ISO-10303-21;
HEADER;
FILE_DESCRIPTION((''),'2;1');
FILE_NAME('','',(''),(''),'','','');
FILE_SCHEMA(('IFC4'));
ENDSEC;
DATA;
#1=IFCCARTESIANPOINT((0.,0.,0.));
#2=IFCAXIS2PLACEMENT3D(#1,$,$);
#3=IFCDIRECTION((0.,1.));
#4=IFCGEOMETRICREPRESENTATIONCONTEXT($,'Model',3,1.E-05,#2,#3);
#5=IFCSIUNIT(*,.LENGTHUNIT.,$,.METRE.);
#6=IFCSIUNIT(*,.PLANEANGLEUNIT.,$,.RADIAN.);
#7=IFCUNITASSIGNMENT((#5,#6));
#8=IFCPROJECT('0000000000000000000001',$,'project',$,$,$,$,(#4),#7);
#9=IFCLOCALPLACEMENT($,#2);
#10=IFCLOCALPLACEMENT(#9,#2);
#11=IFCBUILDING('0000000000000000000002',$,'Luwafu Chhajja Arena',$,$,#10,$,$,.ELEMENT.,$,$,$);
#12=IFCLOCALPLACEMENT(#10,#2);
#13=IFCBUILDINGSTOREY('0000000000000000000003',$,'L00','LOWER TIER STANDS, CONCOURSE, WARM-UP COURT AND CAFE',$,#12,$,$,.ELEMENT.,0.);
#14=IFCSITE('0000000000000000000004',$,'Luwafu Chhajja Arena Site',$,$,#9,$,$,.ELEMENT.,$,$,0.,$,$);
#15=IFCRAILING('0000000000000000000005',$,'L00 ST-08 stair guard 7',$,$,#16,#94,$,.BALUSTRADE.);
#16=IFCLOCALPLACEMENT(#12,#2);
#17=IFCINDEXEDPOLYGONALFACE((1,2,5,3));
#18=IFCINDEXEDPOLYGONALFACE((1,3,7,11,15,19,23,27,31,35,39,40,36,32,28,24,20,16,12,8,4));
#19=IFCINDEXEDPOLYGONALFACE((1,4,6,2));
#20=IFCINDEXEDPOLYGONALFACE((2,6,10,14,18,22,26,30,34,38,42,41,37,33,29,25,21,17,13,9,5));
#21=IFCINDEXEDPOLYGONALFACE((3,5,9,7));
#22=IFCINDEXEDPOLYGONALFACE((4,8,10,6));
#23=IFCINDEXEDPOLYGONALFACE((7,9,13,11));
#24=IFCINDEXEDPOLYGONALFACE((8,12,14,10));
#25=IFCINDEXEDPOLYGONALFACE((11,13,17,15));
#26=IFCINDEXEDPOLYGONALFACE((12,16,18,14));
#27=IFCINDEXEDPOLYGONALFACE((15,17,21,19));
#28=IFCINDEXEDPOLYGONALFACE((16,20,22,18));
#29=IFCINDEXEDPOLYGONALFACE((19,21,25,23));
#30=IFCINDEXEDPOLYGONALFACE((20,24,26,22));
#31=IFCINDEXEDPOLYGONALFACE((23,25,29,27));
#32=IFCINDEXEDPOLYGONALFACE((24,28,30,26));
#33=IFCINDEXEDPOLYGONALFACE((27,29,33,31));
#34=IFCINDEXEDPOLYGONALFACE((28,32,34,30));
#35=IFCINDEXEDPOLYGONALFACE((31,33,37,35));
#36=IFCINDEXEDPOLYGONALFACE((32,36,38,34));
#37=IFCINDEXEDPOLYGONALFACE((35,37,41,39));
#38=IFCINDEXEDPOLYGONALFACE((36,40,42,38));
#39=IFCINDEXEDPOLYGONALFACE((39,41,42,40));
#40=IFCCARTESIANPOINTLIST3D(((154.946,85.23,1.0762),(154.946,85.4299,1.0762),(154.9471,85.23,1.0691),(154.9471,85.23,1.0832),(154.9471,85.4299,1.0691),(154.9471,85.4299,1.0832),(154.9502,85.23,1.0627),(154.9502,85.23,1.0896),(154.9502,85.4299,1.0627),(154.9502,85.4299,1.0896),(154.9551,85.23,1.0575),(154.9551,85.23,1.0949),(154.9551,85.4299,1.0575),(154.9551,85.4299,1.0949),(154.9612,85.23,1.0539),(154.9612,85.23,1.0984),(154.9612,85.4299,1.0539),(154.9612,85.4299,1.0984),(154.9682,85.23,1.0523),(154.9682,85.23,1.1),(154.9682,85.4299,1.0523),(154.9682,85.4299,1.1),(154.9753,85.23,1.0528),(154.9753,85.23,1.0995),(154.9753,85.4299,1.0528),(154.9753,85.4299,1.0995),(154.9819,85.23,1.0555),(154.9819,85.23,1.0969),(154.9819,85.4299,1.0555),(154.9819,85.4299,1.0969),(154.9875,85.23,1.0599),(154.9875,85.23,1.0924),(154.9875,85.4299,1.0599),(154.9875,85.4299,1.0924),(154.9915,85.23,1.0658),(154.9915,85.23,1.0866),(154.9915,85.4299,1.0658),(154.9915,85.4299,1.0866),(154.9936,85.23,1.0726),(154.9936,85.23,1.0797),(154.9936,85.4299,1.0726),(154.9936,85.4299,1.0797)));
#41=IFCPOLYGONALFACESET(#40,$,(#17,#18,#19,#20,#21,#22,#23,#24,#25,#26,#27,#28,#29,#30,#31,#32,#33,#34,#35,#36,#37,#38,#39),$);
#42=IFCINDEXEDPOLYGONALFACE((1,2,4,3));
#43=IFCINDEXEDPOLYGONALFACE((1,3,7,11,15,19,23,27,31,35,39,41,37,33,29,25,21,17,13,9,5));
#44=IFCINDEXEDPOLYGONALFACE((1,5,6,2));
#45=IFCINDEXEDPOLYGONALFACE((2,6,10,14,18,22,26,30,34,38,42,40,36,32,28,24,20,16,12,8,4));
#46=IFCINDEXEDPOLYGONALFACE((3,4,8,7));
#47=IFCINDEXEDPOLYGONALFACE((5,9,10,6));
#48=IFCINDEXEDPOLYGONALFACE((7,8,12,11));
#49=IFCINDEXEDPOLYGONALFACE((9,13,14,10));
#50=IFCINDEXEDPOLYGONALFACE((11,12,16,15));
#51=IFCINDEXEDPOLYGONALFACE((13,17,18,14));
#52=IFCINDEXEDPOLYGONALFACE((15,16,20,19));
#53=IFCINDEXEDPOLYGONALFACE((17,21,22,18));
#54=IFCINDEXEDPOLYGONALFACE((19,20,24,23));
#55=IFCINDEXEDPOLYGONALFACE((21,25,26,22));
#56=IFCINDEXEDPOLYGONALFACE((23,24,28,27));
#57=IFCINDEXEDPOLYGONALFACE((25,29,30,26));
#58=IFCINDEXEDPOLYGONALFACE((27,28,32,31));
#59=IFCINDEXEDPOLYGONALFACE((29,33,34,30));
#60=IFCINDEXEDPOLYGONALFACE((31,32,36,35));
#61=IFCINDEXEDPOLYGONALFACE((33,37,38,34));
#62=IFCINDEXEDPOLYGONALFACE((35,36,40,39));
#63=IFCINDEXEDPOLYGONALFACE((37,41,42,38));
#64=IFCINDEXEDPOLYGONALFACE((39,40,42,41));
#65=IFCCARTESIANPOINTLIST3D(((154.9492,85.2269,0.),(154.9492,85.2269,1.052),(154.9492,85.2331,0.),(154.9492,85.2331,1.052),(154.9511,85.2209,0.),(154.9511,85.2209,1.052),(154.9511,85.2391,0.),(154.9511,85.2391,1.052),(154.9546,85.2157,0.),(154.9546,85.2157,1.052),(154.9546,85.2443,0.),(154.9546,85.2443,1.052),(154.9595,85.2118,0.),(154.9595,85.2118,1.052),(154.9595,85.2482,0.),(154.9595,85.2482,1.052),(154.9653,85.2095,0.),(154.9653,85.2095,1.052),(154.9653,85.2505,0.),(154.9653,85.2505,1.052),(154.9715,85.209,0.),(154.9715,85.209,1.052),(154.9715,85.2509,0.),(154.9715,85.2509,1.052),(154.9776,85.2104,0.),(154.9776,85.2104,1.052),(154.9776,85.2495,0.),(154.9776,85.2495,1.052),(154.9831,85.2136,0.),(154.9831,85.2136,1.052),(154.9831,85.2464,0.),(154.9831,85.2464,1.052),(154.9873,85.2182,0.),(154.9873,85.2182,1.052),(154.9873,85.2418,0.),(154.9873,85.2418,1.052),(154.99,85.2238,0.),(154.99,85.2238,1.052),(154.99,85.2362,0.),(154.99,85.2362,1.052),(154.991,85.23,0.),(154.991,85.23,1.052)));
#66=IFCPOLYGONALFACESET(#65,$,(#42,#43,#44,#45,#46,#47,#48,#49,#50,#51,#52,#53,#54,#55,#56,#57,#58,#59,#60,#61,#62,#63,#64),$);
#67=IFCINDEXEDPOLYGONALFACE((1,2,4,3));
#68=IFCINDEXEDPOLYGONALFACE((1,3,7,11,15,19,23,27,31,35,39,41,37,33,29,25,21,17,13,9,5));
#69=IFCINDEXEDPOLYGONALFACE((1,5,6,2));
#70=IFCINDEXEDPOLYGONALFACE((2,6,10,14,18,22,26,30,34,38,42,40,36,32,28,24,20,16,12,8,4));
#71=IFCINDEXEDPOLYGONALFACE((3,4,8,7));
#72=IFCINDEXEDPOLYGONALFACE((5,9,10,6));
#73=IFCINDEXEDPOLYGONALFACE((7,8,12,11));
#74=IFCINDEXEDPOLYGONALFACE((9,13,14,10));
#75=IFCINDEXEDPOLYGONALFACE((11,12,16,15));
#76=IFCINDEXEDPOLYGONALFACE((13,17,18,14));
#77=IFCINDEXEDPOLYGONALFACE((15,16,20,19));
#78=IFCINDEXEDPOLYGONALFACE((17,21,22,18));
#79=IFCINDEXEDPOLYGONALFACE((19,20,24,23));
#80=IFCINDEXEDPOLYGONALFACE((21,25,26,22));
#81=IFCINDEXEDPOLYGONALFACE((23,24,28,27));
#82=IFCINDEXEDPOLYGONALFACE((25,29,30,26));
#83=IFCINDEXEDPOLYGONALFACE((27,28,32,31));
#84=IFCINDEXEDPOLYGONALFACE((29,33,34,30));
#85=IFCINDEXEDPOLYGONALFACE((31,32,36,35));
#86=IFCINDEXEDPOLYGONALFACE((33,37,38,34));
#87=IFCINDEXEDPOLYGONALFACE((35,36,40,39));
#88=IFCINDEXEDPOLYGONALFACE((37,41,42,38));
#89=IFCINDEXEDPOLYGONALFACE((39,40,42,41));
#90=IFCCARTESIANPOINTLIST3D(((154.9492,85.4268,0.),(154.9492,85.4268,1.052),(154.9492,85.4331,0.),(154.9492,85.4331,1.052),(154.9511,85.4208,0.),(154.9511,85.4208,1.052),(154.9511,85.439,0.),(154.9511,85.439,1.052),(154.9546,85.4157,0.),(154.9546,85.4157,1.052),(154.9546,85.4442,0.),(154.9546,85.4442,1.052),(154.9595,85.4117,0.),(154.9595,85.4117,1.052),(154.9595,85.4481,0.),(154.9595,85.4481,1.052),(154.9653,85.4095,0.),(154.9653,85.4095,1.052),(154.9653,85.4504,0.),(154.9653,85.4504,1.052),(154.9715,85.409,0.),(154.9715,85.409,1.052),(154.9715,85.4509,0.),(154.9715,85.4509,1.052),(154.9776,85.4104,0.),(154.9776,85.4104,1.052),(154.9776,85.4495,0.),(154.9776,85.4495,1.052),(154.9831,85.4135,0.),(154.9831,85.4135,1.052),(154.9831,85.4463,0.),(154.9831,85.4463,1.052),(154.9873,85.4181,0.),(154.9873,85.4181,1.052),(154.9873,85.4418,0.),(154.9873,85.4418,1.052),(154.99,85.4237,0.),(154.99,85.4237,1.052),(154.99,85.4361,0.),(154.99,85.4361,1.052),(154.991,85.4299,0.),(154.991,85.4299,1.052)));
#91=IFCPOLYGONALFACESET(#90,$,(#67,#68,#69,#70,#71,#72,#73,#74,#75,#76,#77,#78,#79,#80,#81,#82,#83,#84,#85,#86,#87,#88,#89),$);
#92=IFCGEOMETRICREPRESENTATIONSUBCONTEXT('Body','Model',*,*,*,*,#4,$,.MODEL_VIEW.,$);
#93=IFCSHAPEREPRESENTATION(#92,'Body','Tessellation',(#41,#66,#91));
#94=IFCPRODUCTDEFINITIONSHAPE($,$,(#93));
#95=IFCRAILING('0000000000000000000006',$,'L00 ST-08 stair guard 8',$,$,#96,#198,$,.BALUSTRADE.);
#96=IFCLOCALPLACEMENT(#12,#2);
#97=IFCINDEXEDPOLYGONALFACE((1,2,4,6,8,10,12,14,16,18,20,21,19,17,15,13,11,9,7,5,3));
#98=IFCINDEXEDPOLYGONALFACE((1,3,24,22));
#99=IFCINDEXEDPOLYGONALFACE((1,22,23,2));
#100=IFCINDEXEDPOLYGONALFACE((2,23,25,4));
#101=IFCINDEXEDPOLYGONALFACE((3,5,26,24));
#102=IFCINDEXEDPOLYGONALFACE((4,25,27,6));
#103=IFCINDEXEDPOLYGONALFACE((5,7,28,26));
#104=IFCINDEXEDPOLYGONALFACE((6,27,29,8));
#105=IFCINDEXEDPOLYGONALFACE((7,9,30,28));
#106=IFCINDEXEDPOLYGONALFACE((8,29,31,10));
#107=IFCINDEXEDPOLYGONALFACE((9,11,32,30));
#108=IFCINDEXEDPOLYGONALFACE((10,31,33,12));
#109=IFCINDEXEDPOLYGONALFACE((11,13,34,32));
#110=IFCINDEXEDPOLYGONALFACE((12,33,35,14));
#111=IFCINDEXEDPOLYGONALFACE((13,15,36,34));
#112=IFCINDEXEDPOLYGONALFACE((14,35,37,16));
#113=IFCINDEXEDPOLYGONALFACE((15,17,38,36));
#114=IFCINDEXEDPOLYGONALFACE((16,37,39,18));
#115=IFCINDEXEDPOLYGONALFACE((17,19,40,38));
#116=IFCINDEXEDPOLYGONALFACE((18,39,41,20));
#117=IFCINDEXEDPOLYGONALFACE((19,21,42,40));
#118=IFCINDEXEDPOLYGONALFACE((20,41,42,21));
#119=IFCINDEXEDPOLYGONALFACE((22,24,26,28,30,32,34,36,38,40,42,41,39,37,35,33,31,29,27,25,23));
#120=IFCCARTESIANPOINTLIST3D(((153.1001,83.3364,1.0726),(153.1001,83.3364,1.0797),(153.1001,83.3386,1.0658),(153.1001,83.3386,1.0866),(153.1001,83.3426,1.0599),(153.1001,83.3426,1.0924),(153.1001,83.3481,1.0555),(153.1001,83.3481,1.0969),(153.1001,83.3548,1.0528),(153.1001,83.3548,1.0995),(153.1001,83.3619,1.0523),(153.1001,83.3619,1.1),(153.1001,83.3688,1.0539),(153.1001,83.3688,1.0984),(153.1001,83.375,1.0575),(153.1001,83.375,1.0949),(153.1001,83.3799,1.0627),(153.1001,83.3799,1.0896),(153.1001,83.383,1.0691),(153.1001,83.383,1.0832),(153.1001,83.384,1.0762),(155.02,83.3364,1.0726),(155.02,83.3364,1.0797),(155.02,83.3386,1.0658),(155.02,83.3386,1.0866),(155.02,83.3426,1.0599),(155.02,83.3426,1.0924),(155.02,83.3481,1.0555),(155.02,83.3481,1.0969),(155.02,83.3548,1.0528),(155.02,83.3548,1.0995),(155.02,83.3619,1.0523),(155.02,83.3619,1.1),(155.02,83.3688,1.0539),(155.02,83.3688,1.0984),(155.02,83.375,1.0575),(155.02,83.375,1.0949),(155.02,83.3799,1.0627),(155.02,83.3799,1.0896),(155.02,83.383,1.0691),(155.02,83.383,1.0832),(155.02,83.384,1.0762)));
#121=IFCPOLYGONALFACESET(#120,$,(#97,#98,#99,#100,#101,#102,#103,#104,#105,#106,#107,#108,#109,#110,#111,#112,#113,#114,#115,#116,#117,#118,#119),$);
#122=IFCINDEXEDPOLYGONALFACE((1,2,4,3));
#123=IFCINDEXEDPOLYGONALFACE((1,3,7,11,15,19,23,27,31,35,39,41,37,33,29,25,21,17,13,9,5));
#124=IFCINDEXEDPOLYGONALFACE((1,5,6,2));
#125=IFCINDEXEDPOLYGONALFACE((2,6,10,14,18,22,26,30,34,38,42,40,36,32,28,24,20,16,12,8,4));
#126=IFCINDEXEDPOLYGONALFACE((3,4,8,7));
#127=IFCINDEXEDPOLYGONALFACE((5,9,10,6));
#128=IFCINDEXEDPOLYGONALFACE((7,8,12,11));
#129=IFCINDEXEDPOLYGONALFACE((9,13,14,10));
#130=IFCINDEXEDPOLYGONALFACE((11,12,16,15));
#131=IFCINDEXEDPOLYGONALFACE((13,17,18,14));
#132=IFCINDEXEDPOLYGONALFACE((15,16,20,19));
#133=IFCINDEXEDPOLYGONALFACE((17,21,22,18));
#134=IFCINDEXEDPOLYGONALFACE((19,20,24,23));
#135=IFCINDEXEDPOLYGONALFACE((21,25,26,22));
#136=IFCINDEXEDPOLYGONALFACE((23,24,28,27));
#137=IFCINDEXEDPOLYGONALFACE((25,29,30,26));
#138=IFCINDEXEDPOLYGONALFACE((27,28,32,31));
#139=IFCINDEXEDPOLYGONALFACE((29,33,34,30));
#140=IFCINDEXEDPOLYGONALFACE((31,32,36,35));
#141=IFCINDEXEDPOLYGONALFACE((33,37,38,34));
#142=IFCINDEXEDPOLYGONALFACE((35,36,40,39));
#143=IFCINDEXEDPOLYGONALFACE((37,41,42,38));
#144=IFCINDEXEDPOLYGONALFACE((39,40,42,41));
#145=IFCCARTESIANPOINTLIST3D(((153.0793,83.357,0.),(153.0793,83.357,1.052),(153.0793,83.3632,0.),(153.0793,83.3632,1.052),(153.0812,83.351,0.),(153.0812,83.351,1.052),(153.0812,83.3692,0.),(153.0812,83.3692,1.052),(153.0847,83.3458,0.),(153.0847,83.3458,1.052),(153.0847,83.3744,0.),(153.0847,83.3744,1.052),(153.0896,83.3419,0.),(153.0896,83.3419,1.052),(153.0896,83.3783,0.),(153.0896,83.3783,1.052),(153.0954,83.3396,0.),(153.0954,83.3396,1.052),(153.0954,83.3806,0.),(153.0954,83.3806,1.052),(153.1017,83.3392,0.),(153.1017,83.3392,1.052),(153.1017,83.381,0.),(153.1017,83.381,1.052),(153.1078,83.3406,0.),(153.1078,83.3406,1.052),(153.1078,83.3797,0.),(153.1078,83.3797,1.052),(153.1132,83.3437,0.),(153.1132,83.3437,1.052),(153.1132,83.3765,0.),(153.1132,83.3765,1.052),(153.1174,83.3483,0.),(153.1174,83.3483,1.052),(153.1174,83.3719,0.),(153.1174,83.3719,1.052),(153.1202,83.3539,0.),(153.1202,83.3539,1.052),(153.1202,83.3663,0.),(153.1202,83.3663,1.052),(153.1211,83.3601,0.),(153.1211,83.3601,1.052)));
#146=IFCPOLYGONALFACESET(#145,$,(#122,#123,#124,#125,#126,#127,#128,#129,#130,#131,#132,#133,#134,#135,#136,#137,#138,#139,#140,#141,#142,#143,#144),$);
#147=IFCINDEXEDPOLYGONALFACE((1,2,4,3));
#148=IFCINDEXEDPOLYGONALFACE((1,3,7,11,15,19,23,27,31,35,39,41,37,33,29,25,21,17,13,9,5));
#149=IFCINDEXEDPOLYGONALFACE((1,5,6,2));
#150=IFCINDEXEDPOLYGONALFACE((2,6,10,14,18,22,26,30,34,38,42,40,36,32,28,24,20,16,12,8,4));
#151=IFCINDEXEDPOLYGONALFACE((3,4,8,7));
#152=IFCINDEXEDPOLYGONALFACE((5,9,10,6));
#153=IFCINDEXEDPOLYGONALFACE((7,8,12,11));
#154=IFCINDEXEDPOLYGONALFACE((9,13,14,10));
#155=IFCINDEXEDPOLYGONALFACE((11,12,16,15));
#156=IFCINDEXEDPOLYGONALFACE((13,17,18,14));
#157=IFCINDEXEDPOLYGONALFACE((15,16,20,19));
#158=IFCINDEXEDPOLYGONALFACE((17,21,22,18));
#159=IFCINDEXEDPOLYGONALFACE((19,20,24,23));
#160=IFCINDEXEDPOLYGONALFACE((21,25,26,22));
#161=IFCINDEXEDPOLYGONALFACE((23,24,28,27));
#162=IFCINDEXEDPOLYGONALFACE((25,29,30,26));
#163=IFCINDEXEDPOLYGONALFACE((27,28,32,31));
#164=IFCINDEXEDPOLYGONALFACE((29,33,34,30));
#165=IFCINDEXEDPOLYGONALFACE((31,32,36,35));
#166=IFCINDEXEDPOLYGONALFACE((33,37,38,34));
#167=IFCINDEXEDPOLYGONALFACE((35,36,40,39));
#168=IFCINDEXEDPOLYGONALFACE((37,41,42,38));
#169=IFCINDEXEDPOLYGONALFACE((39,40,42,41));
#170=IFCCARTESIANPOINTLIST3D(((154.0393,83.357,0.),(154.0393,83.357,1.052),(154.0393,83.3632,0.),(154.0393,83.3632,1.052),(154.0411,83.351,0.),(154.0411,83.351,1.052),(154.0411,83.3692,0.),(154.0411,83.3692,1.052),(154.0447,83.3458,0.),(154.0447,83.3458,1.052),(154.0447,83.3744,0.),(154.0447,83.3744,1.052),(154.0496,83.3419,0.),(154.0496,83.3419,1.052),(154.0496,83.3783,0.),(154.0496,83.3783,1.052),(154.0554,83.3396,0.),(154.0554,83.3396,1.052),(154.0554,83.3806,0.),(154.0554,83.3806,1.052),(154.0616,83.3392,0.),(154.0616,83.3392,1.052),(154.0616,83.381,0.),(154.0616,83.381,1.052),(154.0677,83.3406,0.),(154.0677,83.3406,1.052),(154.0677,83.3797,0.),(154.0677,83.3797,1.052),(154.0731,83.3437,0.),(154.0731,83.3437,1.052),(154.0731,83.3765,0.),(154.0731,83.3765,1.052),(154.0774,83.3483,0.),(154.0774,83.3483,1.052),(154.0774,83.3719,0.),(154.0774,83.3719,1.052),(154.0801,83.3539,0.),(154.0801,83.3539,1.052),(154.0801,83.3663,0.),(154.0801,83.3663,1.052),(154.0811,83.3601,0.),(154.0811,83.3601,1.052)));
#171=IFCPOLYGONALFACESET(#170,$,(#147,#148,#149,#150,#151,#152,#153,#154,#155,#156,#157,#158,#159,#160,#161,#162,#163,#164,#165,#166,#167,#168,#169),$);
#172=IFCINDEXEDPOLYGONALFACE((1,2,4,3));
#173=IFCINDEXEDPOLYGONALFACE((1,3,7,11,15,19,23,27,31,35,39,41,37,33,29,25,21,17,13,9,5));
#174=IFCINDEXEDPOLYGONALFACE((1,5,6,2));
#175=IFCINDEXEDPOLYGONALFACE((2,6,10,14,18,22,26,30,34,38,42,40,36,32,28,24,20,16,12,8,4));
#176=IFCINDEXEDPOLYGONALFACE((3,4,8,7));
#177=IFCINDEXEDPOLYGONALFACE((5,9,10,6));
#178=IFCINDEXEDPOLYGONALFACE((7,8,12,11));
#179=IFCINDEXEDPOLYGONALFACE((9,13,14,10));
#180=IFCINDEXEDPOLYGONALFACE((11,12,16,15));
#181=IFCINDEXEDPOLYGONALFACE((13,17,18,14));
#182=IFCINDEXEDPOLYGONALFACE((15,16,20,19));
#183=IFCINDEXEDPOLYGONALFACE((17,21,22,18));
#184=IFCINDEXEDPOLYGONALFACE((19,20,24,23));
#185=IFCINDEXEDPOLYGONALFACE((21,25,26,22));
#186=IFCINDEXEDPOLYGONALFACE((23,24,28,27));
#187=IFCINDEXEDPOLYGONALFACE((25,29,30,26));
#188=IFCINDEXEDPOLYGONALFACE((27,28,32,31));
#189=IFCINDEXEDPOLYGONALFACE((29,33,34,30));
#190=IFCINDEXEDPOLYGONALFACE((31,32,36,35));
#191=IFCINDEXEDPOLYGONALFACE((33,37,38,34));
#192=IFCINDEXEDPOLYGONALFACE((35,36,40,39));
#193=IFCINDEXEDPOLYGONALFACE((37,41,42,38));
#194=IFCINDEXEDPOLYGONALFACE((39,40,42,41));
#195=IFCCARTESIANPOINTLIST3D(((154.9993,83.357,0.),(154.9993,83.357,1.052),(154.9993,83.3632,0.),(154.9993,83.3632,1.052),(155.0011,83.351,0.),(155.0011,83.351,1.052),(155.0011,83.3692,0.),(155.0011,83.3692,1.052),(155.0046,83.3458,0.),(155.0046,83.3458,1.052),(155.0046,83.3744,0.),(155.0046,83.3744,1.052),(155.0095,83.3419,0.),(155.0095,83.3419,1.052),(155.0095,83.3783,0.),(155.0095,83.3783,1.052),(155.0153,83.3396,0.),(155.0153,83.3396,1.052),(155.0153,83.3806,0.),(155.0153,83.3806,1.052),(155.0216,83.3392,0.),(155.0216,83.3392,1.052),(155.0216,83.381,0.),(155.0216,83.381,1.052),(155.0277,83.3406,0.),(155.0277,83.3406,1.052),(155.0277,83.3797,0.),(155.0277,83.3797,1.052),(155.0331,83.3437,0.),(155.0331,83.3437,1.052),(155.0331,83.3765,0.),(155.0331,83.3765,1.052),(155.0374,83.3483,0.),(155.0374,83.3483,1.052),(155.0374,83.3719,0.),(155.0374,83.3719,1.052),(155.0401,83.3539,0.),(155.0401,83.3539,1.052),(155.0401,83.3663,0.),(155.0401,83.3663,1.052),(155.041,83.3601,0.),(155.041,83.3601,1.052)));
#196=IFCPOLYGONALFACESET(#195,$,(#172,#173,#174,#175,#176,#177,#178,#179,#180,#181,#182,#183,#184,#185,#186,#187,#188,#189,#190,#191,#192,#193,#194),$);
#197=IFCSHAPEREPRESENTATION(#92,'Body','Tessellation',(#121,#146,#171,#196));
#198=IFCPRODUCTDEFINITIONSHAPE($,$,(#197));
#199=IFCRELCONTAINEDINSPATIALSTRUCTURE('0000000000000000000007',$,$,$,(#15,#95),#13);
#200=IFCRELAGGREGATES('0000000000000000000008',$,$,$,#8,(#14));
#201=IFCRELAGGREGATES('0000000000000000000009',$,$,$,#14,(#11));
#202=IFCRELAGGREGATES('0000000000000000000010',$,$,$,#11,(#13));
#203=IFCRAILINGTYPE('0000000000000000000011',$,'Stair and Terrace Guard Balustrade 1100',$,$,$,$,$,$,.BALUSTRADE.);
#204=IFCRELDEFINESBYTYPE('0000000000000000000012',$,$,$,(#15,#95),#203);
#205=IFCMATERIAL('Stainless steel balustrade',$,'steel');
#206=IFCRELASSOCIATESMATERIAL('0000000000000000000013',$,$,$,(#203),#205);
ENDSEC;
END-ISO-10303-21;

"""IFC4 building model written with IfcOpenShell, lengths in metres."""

from ifc_helpers import new_model, si_unit, direction, frame, origin, origin_2d, place, context, subcontext, project, spatial, circle, extrude, material, type_object, element, save


model = new_model("IFC4")

# Units and contexts
model_context = context("Model", 3, precision=1e-05, world=origin(), true_north=direction((0.0, 1.0)))
body_context = subcontext(model_context, "Body", "Model", "MODEL_VIEW")
ifc_project = project(units=[si_unit("LENGTHUNIT", "METRE"), si_unit("PLANEANGLEUNIT", "RADIAN")], contexts=[model_context])

# Site, building, storey
site_placement = place(None, origin())
site = spatial("IfcSite", under=ifc_project, at=site_placement, Name="Luwafu Chhajja Arena Site", CompositionType="ELEMENT", RefElevation=0.0)
building_placement = place(site_placement, origin())
building = spatial("IfcBuilding", under=site, at=building_placement, Name="Luwafu Chhajja Arena", CompositionType="ELEMENT")
storey_placement = place(building_placement, origin())
storey = spatial("IfcBuildingStorey", under=building, at=storey_placement, Name="L00", Description="LOWER TIER STANDS, CONCOURSE, WARM-UP COURT AND CAFE", CompositionType="ELEMENT", Elevation=0.0)

# Railings
ifc_material_1 = material(Name="Stainless steel balustrade", Category="steel")
railing_type_1 = type_object("IfcRailingType", Name="Stair and Terrace Guard Balustrade 1100", PredefinedType="BALUSTRADE", material=ifc_material_1)
railing_1_placement = place(storey_placement, frame((154.97, 85.23, 0.0)))
element("IfcRailing", 1, at=railing_1_placement, inside=storey, type_object=railing_type_1, Name="L00 ST-08 stair guard 7", PredefinedType="BALUSTRADE", context=body_context, shape_type="SweptSolid", body=[
    extrude(circle(Radius=0.0239, at=origin_2d()), frame((0.0, 0.0, 1.0762), z_axis=(0.0, 1.0, 0.0), x_axis=(-1.0, 0.0, 0.0)), (0.0, 0.0, 1.0), 0.2),
    extrude(circle(Radius=0.021, at=origin_2d()), origin(), (0.0, 0.0, 1.0), 1.052),
    extrude(circle(Radius=0.021, at=origin_2d()), frame((0.0, 0.2, 0.0)), (0.0, 0.0, 1.0), 1.052),
])
for number, where, name in (
    (2, (153.1001, 83.3601, 0.0), "L00 ST-08 stair guard 8"),
):
    element("IfcRailing", number, at=place(storey_placement, frame(where)), inside=storey, type_object=railing_type_1, Name=name, PredefinedType="BALUSTRADE", context=body_context, shape_type="SweptSolid", body=[
        extrude(circle(Radius=0.0239, at=origin_2d()), frame((0.0, 0.0, 1.0762), z_axis=(1.0, 0.0, 0.0), x_axis=(0.0, 1.0, 0.0)), (0.0, 0.0, 1.0), 1.9199),
        extrude(circle(Radius=0.021, at=origin_2d()), origin(), (0.0, 0.0, 1.0), 1.052),
        extrude(circle(Radius=0.021, at=origin_2d()), frame((0.96, 0.0, 0.0)), (0.0, 0.0, 1.0), 1.052),
        extrude(circle(Radius=0.021, at=origin_2d()), frame((1.9199, 0.0, 0.0)), (0.0, 0.0, 1.0), 1.052),
    ])

save(model, "model.ifc")
